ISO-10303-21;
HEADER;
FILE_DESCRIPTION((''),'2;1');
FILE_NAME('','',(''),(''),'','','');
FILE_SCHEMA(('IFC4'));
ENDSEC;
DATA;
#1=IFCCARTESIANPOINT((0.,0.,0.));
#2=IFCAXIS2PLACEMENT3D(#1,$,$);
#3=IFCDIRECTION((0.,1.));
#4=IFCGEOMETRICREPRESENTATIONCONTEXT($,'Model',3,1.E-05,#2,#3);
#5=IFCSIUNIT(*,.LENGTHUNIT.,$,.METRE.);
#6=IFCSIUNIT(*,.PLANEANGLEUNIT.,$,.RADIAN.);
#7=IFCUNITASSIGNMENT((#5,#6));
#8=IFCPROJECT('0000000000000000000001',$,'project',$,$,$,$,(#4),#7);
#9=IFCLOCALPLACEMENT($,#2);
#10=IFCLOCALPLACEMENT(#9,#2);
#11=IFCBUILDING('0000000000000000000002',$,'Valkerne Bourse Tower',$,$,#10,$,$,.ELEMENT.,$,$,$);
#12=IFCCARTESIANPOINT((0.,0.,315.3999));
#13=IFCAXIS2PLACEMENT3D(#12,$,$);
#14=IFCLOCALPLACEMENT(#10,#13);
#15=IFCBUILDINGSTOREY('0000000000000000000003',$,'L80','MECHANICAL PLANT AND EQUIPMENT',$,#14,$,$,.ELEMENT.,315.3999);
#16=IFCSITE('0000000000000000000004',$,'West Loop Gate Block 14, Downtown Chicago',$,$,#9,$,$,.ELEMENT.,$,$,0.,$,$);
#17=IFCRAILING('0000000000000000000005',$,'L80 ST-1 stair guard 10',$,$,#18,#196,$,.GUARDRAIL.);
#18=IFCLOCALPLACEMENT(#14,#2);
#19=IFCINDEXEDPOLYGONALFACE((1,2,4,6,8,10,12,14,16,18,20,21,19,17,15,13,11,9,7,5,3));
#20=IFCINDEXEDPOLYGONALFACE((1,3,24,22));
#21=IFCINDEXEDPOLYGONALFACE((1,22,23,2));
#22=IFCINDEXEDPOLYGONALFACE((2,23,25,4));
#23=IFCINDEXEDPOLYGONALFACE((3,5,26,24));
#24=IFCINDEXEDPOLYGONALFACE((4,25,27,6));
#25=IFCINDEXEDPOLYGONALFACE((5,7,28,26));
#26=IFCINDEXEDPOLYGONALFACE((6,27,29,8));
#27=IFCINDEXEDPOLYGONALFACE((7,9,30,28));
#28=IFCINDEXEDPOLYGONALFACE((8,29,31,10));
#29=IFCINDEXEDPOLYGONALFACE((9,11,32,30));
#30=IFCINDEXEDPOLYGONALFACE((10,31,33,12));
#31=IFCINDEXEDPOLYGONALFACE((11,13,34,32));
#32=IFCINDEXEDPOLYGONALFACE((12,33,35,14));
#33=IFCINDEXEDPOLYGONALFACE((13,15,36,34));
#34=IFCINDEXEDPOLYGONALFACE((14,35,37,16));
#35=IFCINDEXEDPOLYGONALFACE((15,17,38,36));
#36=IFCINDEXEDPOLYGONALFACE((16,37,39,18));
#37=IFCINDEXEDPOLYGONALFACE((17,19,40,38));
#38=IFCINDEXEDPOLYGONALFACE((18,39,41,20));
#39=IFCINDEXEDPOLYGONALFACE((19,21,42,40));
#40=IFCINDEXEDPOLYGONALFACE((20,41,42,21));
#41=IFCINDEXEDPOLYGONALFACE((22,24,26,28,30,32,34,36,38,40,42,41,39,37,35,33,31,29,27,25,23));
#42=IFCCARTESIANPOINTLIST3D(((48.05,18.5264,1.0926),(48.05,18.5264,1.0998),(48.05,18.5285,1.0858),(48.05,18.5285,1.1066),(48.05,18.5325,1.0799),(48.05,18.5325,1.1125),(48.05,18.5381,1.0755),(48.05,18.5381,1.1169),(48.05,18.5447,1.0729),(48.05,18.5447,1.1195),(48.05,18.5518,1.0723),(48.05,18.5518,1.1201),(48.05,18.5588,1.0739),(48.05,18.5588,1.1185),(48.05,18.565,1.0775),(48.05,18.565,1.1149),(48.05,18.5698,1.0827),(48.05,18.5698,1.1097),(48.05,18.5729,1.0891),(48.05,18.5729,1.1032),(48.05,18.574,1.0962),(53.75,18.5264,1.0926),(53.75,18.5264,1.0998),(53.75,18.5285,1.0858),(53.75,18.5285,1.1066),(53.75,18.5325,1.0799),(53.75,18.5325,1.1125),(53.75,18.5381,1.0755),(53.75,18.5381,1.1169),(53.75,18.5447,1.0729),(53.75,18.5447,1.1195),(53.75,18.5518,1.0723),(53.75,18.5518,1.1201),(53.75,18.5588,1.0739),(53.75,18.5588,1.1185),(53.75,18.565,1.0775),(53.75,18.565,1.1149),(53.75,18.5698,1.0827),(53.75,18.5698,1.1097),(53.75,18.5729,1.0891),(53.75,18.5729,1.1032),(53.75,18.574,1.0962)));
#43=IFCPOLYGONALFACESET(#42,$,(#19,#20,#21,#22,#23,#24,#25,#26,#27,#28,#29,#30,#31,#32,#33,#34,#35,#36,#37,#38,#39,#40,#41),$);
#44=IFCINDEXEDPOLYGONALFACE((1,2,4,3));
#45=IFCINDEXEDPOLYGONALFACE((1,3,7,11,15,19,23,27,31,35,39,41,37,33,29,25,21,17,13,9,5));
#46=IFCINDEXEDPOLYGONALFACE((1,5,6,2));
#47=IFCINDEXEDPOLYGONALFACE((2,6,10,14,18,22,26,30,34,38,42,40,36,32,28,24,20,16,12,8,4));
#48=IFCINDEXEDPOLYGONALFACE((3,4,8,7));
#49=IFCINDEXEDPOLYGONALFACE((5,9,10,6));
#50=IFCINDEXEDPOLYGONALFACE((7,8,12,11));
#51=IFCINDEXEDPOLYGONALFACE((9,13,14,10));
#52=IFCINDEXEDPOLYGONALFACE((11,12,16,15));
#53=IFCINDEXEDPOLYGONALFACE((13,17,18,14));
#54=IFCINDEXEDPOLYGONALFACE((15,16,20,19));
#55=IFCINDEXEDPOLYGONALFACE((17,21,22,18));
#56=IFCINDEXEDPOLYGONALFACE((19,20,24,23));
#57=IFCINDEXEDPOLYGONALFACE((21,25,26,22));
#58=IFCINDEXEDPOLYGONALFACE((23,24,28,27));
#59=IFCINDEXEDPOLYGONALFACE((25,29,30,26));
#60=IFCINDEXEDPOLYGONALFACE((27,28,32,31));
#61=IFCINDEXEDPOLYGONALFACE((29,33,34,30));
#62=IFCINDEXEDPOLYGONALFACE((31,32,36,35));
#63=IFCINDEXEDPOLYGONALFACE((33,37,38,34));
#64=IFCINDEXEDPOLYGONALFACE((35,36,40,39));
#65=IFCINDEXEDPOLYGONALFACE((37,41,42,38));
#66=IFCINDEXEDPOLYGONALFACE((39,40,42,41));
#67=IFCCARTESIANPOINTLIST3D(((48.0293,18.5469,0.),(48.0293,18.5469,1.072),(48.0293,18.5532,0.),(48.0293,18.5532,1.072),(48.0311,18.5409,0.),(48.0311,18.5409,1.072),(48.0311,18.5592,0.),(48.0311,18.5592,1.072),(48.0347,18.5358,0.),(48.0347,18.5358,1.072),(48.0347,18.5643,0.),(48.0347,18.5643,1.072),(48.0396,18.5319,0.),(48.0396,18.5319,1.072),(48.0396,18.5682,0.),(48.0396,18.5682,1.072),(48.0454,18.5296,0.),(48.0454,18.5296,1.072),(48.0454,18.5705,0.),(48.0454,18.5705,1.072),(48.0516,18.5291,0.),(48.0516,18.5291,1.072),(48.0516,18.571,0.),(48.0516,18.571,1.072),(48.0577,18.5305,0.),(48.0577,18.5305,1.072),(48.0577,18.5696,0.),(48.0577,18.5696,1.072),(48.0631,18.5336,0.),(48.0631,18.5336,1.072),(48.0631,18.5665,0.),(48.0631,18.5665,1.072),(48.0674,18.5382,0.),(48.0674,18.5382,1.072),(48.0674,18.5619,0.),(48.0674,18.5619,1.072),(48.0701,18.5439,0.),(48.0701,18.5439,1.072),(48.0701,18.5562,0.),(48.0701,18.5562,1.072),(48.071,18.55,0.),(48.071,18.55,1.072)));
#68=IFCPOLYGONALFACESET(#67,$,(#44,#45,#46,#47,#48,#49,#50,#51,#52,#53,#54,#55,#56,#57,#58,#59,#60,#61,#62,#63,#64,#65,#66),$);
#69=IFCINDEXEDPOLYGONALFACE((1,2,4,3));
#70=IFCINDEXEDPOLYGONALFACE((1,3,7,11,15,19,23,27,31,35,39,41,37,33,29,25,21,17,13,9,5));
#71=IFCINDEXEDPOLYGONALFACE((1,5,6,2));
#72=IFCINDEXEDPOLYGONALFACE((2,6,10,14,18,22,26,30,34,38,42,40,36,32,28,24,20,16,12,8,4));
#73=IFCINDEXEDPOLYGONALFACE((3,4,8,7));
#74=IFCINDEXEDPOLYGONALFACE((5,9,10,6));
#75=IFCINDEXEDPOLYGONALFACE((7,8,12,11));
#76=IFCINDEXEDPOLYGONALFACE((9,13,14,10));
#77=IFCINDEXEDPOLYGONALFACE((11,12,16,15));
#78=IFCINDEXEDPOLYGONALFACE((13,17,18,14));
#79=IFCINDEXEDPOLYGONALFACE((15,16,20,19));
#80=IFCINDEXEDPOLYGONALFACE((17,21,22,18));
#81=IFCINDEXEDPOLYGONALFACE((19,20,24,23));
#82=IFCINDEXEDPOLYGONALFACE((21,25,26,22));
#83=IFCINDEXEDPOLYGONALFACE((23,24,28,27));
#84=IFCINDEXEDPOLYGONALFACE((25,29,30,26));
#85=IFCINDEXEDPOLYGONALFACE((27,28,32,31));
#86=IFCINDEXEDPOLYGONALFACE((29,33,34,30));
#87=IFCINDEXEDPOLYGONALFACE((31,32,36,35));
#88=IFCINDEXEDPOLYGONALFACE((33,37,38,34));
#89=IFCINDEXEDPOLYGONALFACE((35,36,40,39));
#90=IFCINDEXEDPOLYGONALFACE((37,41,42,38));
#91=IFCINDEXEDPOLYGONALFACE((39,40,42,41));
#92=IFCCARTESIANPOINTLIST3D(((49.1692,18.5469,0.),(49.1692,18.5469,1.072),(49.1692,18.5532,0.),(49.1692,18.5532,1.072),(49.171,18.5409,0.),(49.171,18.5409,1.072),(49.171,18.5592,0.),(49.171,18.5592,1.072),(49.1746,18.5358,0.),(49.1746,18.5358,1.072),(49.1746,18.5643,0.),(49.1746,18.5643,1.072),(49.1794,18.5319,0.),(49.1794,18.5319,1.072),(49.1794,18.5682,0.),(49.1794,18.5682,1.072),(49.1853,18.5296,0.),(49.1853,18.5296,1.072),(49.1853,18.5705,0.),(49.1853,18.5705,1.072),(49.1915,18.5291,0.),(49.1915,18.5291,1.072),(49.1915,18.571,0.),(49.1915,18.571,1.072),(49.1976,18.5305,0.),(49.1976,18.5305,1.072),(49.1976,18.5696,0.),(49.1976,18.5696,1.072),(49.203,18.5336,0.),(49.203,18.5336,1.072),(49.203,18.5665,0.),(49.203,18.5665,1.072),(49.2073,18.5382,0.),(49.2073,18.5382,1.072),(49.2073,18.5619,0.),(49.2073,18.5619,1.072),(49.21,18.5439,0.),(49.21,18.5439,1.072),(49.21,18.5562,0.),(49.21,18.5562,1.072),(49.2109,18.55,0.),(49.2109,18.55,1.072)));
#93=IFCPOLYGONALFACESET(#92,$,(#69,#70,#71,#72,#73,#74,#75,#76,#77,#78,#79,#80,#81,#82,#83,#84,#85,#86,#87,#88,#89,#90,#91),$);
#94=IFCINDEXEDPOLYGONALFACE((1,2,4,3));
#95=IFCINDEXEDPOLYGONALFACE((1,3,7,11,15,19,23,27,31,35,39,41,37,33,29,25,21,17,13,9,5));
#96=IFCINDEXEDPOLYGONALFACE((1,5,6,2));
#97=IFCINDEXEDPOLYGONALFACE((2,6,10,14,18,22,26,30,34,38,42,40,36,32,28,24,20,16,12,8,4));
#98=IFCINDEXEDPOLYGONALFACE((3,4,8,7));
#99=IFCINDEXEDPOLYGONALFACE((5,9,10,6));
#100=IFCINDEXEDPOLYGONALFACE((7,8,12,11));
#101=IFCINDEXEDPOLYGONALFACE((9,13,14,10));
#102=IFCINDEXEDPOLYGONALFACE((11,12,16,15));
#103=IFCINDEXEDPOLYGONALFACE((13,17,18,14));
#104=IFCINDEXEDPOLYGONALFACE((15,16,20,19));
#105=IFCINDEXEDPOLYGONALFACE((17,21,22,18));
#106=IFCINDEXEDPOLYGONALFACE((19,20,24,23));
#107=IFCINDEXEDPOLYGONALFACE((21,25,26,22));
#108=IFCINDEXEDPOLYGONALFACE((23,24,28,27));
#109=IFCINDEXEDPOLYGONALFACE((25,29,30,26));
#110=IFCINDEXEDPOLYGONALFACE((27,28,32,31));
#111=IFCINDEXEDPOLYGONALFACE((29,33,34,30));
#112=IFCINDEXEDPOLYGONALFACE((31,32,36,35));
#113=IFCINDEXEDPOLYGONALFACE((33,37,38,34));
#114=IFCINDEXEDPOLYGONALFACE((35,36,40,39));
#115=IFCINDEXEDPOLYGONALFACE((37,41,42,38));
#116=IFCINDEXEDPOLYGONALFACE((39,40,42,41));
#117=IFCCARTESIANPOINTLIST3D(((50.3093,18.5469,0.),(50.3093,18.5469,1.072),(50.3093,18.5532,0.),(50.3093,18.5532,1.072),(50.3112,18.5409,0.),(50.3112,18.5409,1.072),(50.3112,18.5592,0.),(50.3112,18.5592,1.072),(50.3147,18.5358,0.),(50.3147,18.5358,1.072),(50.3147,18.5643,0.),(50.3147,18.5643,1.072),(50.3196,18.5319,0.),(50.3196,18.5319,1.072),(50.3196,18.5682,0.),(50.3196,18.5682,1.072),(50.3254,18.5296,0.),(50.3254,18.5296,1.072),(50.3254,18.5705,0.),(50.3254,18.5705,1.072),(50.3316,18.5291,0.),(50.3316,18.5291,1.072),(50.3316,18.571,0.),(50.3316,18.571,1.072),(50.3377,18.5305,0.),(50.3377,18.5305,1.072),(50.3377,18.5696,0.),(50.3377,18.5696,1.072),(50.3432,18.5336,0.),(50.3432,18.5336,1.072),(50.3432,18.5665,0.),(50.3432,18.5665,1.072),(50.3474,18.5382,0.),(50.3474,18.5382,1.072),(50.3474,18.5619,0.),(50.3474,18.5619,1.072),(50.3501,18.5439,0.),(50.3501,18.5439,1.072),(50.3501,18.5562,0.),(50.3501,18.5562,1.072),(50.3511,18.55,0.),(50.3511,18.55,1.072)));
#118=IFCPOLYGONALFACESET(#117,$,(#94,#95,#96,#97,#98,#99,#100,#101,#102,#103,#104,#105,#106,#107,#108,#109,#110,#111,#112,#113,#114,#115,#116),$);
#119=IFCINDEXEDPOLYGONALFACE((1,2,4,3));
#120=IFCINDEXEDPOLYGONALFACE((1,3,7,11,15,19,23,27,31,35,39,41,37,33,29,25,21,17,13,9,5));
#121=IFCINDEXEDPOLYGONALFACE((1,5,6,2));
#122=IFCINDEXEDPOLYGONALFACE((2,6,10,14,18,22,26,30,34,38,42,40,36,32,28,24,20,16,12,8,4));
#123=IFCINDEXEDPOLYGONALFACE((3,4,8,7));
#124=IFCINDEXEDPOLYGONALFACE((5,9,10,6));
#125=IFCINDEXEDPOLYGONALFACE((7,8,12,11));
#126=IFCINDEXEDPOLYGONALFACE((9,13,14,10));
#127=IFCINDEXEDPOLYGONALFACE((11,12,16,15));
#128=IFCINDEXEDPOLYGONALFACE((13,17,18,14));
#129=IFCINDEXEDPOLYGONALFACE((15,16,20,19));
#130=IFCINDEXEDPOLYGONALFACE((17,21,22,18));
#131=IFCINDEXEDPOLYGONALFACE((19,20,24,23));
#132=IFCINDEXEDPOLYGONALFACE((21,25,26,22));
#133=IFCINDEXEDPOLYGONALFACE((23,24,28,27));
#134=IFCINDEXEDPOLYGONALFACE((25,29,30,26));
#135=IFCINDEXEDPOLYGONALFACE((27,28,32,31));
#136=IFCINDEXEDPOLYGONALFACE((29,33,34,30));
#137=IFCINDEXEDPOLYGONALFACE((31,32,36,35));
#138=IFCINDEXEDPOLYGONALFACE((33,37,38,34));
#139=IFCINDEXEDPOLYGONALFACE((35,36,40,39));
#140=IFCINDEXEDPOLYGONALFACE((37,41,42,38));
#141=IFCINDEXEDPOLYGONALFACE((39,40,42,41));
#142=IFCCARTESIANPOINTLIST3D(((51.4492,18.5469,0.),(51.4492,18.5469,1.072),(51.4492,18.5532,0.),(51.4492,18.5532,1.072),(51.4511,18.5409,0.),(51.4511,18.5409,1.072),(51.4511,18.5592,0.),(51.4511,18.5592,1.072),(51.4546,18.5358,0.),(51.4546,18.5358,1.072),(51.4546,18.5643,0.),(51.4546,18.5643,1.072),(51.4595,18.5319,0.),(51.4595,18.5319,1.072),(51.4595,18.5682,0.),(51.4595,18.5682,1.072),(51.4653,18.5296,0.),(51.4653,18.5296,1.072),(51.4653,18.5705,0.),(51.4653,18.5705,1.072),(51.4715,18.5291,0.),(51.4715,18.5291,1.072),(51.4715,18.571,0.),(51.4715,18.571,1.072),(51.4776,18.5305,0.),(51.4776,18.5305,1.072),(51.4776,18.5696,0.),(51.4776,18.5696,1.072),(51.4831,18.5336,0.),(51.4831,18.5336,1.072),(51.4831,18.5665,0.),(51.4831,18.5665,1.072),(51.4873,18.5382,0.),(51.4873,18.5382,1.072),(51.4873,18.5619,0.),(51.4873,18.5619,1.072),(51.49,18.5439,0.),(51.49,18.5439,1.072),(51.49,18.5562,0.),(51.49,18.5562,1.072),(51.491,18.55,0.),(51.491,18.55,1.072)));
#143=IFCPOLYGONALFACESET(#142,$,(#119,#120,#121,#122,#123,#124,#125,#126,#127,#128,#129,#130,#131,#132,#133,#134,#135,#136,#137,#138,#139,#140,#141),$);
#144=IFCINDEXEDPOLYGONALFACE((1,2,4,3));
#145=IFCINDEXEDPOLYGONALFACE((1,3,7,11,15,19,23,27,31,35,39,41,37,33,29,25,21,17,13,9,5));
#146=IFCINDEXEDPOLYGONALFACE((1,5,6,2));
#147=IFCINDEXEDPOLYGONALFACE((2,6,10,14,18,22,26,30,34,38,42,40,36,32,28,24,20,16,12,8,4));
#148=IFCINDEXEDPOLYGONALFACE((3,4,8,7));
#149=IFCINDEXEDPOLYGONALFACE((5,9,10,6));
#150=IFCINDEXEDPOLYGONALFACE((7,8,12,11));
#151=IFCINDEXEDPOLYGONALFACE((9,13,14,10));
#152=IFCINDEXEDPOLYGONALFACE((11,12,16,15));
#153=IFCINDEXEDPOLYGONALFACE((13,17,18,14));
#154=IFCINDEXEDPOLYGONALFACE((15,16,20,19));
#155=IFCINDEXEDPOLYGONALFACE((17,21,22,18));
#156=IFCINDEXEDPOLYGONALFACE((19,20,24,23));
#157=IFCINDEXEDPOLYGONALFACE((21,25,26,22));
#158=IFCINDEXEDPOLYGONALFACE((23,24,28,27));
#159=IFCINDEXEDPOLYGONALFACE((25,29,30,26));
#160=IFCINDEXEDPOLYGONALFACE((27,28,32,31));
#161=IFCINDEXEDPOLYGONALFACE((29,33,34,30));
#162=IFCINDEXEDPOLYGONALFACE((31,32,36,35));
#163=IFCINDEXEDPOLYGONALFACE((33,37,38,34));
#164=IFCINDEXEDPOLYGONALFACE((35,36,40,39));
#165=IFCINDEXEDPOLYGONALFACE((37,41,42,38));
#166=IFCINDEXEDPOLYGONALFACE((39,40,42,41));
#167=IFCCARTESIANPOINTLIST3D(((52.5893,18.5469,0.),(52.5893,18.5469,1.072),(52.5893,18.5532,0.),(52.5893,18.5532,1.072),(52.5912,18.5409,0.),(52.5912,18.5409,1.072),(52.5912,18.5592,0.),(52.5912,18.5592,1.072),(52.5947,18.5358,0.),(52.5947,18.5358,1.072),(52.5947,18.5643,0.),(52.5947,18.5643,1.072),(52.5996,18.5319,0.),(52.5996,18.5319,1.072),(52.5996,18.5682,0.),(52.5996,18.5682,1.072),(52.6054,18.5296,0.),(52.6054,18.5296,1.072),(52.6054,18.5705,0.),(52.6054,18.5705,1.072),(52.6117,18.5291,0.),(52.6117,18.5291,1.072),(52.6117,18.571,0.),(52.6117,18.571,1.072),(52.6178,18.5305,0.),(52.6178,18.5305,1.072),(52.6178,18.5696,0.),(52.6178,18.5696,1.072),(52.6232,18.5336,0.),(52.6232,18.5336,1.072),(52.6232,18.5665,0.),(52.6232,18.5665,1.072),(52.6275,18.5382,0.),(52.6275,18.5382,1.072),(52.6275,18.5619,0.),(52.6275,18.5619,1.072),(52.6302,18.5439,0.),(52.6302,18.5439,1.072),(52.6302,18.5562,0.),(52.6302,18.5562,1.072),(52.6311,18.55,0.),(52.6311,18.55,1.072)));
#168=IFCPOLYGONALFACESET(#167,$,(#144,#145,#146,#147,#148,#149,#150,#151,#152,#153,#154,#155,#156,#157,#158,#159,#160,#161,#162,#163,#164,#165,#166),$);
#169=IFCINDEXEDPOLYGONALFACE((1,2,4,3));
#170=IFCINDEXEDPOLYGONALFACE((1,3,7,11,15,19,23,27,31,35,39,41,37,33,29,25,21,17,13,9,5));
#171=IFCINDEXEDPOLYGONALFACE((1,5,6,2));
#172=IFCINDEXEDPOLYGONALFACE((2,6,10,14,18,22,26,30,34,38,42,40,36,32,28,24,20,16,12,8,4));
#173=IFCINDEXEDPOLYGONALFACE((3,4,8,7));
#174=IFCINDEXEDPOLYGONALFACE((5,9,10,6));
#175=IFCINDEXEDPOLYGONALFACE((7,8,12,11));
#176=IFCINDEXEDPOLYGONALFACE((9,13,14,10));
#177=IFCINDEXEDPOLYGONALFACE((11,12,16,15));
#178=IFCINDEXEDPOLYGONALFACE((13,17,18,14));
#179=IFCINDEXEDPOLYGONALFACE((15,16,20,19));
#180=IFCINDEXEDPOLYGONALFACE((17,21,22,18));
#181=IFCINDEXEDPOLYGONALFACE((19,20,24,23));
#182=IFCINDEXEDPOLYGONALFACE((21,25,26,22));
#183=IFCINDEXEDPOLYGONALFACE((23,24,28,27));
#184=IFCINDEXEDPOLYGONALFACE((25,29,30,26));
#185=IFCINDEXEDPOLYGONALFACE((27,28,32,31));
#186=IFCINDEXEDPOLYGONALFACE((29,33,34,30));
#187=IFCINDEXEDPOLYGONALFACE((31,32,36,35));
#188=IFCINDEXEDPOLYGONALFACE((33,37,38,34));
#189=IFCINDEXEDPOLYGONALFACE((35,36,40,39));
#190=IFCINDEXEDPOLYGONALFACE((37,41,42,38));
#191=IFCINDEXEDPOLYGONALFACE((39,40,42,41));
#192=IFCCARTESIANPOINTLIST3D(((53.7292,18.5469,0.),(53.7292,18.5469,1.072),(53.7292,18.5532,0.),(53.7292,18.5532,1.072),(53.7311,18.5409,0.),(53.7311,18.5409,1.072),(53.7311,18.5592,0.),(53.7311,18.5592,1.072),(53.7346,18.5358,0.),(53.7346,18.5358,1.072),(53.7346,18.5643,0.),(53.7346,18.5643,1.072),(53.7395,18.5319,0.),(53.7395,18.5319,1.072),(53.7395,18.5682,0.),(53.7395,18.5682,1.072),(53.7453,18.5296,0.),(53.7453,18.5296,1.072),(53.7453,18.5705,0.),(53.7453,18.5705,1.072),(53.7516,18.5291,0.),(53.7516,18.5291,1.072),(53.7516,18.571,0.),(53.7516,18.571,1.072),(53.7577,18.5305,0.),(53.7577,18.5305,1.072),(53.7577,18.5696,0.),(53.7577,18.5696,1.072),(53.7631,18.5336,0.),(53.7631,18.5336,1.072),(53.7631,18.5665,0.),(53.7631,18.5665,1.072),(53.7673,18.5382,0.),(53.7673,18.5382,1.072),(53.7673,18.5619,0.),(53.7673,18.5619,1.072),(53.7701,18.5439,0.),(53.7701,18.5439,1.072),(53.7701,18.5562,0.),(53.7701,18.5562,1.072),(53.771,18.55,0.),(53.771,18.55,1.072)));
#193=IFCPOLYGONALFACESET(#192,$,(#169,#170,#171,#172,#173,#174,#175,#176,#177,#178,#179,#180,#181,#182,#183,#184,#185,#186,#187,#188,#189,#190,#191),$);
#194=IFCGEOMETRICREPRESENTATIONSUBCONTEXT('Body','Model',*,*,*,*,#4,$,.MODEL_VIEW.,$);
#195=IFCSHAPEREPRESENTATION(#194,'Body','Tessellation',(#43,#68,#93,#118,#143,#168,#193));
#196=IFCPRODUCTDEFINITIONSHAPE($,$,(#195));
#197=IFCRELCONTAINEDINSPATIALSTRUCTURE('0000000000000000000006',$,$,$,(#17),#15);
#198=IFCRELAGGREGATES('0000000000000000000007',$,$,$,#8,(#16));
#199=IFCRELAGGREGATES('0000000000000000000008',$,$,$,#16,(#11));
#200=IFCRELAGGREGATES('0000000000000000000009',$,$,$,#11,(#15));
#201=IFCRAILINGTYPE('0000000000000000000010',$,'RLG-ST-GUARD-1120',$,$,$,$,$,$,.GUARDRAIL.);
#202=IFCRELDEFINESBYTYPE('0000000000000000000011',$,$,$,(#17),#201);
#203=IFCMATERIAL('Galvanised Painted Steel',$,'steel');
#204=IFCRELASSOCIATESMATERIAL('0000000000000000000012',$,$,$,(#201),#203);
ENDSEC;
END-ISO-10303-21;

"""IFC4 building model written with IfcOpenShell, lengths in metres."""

from ifc_helpers import new_model, si_unit, direction, frame, origin, origin_2d, place, context, subcontext, project, spatial, circle, extrude, material, type_object, element, save


model = new_model("IFC4")

# Units and contexts
model_context = context("Model", 3, precision=1e-05, world=origin(), true_north=direction((0.0, 1.0)))
body_context = subcontext(model_context, "Body", "Model", "MODEL_VIEW")
ifc_project = project(units=[si_unit("LENGTHUNIT", "METRE"), si_unit("PLANEANGLEUNIT", "RADIAN")], contexts=[model_context])

# Site, building, storey
site_placement = place(None, origin())
site = spatial("IfcSite", under=ifc_project, at=site_placement, Name="West Loop Gate Block 14, Downtown Chicago", CompositionType="ELEMENT", RefElevation=0.0)
building_placement = place(site_placement, origin())
building = spatial("IfcBuilding", under=site, at=building_placement, Name="Valkerne Bourse Tower", CompositionType="ELEMENT")
storey_placement = place(building_placement, frame((0.0, 0.0, 315.3999)))
storey = spatial("IfcBuildingStorey", under=building, at=storey_placement, Name="L80", Description="MECHANICAL PLANT AND EQUIPMENT", CompositionType="ELEMENT", Elevation=315.3999)

# Railing
ifc_material_1 = material(Name="Galvanised Painted Steel", Category="steel")
railing_type_1 = type_object("IfcRailingType", Name="RLG-ST-GUARD-1120", PredefinedType="GUARDRAIL", material=ifc_material_1)
for number, where, name in (
    (1, (48.05, 18.55, 0.0), "L80 ST-1 stair guard 10"),
):
    element("IfcRailing", number, at=place(storey_placement, frame(where)), inside=storey, type_object=railing_type_1, Name=name, PredefinedType="GUARDRAIL", context=body_context, shape_type="SweptSolid", body=[
        extrude(circle(Radius=0.0239, at=origin_2d()), frame((0.0, 0.0, 1.0962), z_axis=(1.0, 0.0, 0.0), x_axis=(0.0, 1.0, 0.0)), (0.0, 0.0, 1.0), 5.7),
        extrude(circle(Radius=0.021, at=origin_2d()), origin(), (0.0, 0.0, 1.0), 1.072),
        extrude(circle(Radius=0.021, at=origin_2d()), frame((1.1399, 0.0, 0.0)), (0.0, 0.0, 1.0), 1.072),
        extrude(circle(Radius=0.021, at=origin_2d()), frame((2.28, 0.0, 0.0)), (0.0, 0.0, 1.0), 1.072),
        extrude(circle(Radius=0.021, at=origin_2d()), frame((3.4199, 0.0, 0.0)), (0.0, 0.0, 1.0), 1.072),
        extrude(circle(Radius=0.021, at=origin_2d()), frame((4.5601, 0.0, 0.0)), (0.0, 0.0, 1.0), 1.072),
        extrude(circle(Radius=0.021, at=origin_2d()), frame((5.7, 0.0, 0.0)), (0.0, 0.0, 1.0), 1.072),
    ])

save(model, "model.ifc")
